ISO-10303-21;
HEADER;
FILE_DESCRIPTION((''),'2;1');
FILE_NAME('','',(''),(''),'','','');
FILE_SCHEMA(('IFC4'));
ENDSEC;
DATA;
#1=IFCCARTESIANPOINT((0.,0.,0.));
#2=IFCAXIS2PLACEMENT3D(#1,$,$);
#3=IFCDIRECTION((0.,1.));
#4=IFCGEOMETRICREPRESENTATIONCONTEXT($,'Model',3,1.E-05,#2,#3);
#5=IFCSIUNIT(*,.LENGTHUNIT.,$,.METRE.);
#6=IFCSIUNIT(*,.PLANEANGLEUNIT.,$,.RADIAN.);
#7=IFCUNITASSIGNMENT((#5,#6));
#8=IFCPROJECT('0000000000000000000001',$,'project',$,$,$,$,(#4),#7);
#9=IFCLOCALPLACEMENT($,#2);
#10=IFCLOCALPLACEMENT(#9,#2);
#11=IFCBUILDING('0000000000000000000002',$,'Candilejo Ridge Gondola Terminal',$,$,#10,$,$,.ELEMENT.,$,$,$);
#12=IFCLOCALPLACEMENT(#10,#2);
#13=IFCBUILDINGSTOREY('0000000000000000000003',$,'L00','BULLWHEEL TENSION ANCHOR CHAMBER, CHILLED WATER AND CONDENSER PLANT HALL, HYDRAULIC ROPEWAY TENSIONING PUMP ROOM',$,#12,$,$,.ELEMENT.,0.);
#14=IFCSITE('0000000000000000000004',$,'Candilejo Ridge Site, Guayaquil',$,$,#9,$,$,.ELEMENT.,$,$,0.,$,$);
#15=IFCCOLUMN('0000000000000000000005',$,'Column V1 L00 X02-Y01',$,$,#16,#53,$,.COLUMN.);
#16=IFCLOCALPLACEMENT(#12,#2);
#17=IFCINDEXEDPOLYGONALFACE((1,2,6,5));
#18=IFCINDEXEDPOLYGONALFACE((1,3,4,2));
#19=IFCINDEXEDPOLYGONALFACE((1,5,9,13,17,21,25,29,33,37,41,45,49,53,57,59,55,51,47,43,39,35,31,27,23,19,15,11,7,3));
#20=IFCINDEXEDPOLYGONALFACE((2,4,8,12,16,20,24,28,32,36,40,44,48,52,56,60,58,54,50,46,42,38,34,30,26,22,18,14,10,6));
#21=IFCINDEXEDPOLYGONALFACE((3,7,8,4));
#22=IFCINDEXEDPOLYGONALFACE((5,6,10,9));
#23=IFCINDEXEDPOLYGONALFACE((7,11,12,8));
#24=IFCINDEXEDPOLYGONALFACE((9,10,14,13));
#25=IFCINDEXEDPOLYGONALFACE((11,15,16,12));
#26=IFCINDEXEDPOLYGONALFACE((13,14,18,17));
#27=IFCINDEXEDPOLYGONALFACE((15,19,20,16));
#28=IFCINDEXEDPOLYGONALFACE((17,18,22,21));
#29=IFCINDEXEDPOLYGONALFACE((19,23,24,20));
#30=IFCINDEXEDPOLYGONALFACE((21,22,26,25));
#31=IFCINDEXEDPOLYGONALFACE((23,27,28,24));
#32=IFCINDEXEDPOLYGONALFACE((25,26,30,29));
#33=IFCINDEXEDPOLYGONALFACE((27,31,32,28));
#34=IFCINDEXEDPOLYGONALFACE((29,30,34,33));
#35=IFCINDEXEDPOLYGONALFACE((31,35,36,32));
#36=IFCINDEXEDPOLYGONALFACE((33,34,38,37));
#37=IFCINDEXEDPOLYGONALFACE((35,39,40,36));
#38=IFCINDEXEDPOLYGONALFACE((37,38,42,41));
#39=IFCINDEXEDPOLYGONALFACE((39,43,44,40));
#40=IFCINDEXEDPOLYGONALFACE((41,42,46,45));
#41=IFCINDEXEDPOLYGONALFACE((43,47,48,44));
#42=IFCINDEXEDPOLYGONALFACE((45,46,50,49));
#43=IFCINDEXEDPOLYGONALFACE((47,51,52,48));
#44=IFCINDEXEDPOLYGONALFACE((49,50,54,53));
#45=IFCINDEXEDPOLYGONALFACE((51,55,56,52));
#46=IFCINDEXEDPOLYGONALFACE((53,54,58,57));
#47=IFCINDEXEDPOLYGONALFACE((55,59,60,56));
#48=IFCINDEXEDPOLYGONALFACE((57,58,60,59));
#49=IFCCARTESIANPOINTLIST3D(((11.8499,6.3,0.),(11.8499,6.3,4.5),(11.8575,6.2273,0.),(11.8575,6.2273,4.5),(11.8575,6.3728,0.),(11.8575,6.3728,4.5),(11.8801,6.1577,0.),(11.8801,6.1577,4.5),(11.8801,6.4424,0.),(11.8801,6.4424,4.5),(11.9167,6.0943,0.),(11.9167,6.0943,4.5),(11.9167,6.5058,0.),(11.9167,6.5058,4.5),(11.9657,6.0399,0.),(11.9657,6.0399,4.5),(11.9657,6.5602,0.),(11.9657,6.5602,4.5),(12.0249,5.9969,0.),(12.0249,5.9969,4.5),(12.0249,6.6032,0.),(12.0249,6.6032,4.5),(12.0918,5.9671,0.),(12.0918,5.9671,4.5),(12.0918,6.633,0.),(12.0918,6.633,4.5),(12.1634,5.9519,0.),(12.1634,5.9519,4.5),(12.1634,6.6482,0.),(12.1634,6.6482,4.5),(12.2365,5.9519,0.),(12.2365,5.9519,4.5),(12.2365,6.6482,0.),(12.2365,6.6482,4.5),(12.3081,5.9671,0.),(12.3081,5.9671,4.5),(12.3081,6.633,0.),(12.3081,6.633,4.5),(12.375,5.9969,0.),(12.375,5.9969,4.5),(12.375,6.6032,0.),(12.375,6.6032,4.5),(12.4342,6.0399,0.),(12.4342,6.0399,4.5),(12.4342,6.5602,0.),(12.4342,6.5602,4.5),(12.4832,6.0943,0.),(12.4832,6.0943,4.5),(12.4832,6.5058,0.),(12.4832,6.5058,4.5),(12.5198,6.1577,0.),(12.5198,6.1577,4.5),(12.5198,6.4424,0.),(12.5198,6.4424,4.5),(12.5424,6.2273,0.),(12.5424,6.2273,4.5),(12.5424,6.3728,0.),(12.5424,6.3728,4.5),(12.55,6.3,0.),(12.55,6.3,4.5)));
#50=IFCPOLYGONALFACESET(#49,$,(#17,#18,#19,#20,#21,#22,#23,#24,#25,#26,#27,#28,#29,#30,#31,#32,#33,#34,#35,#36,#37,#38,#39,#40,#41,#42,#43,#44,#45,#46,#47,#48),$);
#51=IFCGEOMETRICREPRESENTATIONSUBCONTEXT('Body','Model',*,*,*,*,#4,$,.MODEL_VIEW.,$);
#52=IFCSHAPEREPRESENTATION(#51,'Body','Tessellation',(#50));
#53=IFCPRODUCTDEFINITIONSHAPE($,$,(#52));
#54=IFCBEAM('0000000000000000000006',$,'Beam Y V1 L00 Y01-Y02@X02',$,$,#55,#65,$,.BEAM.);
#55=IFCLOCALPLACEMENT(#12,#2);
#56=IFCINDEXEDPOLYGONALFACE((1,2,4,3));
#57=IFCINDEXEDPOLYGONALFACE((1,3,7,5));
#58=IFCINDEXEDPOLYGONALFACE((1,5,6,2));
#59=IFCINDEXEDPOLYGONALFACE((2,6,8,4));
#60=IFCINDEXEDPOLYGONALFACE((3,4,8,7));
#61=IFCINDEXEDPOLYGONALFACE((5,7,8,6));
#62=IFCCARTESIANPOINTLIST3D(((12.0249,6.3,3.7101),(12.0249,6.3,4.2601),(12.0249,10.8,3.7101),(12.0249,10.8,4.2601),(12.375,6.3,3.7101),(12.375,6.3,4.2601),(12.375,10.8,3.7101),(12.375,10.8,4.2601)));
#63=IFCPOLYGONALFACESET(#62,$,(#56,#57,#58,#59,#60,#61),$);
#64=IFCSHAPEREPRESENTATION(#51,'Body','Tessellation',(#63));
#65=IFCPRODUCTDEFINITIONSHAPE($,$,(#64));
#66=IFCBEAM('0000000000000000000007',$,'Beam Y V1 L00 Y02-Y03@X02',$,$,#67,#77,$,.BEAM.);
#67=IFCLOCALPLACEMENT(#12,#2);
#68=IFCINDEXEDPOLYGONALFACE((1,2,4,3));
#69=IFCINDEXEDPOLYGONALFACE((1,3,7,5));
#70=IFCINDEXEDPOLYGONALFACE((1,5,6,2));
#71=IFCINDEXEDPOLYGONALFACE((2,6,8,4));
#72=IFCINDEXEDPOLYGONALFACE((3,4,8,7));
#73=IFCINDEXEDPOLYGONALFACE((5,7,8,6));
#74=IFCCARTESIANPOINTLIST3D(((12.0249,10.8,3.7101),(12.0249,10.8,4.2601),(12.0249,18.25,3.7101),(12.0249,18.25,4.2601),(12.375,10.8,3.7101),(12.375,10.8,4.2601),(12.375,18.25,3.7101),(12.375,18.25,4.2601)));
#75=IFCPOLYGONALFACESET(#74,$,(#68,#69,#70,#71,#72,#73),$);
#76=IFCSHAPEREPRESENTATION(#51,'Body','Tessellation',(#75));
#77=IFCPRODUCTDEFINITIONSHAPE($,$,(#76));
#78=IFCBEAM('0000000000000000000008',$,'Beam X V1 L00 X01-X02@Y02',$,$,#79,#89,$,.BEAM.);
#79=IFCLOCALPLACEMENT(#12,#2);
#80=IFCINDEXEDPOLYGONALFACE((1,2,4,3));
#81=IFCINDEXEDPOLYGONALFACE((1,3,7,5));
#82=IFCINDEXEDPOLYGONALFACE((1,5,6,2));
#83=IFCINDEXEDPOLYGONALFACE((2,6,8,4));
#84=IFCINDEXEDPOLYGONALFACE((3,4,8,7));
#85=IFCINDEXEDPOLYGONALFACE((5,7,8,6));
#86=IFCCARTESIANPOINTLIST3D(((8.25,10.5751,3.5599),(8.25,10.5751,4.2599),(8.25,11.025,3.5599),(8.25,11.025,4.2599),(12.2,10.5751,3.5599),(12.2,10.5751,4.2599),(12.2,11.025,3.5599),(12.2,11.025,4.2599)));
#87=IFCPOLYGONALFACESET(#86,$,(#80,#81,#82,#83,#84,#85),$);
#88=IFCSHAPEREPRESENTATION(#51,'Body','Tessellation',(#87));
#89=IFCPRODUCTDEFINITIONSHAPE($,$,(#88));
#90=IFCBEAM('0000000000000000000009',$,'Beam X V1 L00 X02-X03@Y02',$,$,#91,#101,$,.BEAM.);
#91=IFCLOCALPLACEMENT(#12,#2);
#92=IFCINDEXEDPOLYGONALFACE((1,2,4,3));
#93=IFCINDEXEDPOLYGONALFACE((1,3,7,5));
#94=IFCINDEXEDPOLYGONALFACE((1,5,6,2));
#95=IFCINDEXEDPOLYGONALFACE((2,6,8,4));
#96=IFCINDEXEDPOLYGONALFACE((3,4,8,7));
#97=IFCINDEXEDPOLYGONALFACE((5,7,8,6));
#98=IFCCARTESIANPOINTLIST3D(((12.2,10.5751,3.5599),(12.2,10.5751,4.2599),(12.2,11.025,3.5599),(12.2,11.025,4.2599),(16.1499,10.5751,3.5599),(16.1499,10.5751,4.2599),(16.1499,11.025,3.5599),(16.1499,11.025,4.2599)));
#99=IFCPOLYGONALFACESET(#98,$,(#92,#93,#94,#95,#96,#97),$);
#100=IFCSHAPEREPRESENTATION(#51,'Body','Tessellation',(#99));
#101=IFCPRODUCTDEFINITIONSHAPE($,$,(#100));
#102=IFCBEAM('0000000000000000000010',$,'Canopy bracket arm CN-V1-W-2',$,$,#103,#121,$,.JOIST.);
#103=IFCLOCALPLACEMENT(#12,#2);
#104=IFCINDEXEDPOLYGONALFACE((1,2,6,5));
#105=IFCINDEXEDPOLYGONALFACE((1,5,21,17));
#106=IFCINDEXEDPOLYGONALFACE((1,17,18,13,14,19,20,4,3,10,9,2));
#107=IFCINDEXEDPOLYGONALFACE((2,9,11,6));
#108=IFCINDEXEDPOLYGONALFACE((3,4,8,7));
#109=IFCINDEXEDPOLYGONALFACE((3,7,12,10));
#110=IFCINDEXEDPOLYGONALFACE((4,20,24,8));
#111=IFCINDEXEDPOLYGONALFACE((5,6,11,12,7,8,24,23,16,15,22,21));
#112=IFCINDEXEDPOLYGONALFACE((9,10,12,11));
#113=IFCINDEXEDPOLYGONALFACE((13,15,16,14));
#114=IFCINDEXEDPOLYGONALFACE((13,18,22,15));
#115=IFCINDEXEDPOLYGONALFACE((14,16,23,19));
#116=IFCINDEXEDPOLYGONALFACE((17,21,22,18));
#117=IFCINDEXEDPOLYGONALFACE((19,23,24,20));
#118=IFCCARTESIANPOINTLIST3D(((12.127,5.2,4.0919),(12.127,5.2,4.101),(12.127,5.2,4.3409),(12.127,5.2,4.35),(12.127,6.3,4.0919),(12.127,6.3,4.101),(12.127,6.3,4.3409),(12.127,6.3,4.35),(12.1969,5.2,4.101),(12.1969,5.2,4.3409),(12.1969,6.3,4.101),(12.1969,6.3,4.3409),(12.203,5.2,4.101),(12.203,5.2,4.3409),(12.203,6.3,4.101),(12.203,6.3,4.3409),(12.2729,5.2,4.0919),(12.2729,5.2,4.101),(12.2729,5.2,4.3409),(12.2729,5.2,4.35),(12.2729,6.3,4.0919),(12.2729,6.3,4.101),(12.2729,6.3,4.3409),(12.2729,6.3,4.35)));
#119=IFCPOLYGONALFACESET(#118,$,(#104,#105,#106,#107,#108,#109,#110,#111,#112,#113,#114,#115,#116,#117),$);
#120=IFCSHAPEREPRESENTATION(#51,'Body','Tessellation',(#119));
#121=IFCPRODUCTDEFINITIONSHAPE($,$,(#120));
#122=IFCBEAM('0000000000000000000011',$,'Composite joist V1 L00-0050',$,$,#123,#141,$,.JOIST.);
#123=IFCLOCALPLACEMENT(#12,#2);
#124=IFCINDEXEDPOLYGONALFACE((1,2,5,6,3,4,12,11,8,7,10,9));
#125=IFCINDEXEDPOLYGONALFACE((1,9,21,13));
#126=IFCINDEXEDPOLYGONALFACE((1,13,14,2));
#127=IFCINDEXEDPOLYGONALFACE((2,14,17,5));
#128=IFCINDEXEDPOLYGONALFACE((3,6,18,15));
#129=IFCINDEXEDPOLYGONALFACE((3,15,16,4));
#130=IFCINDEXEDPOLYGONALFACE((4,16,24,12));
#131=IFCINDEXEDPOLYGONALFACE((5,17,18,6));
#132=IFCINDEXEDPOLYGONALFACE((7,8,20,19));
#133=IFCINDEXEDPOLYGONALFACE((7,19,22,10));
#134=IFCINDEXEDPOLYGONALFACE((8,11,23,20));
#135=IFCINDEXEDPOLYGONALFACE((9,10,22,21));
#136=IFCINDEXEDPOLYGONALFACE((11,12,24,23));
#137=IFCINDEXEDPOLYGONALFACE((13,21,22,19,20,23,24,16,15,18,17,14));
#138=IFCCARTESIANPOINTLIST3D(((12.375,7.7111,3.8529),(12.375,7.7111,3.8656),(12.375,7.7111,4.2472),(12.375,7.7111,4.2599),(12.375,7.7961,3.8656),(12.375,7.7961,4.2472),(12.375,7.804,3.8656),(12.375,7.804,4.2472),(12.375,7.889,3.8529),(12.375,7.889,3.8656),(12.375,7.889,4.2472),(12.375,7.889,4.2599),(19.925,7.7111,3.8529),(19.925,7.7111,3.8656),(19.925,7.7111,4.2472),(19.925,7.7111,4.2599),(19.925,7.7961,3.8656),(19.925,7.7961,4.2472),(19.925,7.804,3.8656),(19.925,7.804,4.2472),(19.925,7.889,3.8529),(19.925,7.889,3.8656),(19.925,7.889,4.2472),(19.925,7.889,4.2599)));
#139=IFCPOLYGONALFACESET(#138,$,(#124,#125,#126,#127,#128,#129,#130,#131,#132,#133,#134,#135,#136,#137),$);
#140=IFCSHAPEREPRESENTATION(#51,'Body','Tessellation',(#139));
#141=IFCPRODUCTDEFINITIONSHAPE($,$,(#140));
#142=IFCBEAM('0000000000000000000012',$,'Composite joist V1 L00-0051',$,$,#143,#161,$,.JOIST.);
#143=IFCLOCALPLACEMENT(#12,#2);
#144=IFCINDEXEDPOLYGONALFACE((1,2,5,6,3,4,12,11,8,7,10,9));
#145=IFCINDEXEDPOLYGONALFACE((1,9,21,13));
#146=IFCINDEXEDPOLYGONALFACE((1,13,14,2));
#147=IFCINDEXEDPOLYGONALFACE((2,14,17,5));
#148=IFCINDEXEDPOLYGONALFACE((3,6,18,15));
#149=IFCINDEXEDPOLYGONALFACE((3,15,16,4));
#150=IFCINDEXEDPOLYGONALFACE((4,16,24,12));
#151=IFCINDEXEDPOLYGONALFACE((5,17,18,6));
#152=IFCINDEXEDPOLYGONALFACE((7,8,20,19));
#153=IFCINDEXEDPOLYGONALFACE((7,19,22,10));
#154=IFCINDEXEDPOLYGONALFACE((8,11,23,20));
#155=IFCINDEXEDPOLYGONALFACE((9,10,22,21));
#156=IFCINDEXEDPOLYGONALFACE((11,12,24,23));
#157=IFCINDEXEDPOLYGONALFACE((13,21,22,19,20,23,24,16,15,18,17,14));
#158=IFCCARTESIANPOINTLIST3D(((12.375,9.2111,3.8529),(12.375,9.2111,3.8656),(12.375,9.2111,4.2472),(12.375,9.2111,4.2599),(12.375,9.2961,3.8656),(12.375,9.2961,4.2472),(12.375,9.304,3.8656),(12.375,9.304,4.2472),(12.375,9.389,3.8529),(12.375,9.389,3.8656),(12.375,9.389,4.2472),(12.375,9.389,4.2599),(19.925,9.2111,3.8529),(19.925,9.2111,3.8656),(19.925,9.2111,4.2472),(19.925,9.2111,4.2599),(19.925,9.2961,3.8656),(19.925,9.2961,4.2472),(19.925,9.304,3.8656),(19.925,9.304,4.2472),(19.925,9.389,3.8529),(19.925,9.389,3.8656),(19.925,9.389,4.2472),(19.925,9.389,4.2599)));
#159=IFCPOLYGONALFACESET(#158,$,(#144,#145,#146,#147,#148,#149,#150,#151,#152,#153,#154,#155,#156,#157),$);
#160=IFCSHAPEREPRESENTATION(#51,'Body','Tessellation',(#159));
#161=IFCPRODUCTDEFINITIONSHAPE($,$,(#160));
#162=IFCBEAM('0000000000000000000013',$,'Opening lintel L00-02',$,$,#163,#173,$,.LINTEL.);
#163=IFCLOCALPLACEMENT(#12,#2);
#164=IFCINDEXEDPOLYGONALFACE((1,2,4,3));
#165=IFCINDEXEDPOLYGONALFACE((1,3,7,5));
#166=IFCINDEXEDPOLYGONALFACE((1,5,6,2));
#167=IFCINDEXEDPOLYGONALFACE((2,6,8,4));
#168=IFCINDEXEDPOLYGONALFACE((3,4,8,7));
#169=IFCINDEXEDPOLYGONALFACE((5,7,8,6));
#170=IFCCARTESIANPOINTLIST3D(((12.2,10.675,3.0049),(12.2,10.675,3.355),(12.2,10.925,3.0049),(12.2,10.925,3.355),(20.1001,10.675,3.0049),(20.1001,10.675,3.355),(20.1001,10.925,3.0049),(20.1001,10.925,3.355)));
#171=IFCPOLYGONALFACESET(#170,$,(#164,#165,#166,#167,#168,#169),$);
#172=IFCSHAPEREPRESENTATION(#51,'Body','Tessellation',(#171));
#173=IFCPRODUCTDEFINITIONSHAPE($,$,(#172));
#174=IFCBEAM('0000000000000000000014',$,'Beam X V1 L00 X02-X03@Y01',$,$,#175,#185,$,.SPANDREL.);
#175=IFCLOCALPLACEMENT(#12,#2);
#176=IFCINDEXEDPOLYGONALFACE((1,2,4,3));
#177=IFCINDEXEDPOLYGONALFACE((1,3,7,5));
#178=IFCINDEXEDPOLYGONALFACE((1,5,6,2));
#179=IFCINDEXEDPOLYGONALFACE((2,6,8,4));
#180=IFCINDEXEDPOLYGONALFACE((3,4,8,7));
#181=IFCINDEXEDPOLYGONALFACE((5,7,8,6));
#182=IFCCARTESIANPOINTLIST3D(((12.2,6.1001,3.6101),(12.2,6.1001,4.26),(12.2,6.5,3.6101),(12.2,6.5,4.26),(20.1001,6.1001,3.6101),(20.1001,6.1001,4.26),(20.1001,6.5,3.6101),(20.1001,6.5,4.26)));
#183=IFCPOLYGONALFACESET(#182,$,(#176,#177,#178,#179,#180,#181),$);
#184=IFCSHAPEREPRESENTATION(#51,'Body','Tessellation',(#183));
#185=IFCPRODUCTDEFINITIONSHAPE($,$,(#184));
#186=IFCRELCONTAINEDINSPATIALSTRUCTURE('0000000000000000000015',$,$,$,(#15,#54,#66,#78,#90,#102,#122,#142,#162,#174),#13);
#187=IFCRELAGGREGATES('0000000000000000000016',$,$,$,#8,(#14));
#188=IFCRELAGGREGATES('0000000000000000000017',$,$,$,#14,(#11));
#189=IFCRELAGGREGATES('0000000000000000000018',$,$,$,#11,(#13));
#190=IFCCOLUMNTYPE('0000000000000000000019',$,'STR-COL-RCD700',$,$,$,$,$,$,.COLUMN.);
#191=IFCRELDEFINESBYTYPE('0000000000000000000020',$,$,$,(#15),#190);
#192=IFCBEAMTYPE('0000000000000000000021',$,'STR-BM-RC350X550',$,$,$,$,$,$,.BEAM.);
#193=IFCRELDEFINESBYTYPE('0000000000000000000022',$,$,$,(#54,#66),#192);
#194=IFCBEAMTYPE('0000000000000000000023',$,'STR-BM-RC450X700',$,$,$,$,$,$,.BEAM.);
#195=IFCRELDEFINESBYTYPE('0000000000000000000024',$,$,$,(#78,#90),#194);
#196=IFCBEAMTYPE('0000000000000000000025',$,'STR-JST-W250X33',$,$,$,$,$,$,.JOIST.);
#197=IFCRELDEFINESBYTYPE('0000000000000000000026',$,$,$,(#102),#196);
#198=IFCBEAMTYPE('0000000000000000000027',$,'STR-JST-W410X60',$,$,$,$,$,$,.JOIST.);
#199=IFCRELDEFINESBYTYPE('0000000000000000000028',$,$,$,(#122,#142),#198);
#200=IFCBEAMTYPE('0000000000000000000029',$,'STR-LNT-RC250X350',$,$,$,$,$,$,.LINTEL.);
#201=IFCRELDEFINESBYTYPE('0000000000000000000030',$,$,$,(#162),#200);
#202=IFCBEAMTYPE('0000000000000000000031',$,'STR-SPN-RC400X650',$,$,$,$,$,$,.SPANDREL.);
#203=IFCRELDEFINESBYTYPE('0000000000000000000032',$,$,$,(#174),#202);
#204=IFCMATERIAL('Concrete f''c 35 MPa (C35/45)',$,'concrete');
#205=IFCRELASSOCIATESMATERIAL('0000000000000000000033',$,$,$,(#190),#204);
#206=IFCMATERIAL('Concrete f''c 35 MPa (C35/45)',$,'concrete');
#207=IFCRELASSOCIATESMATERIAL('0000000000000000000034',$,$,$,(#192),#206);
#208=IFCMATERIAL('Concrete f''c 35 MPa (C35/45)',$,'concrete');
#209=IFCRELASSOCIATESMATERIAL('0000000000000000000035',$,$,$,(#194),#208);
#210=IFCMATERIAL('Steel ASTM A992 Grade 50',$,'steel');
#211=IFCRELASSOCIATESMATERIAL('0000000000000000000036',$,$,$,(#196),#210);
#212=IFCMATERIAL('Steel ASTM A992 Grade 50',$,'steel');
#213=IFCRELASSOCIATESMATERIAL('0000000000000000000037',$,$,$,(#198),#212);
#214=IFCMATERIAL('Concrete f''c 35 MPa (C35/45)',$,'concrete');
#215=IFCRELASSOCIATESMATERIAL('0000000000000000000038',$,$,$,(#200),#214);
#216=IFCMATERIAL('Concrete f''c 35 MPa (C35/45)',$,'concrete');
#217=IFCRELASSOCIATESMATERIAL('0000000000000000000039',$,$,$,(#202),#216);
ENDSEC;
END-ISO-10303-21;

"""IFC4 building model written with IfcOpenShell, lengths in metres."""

from ifc_helpers import new_model, si_unit, direction, frame, origin, origin_2d, place, context, subcontext, project, spatial, rectangle, circle, i_section, extrude, material, material_profile, profile_set, type_object, element, save


model = new_model("IFC4")

# Units and contexts
model_context = context("Model", 3, precision=1e-05, world=origin(), true_north=direction((0.0, 1.0)))
body_context = subcontext(model_context, "Body", "Model", "MODEL_VIEW")
ifc_project = project(units=[si_unit("LENGTHUNIT", "METRE"), si_unit("PLANEANGLEUNIT", "RADIAN")], contexts=[model_context])

# Site, building, storey
site_placement = place(None, origin())
site = spatial("IfcSite", under=ifc_project, at=site_placement, Name="Candilejo Ridge Site, Guayaquil", CompositionType="ELEMENT", RefElevation=0.0)
building_placement = place(site_placement, origin())
building = spatial("IfcBuilding", under=site, at=building_placement, Name="Candilejo Ridge Gondola Terminal", CompositionType="ELEMENT")
storey_placement = place(building_placement, origin())
storey = spatial("IfcBuildingStorey", under=building, at=storey_placement, Name="L00", Description="BULLWHEEL TENSION ANCHOR CHAMBER, CHILLED WATER AND CONDENSER PLANT HALL, HYDRAULIC ROPEWAY TENSIONING PUMP ROOM", CompositionType="ELEMENT", Elevation=0.0)

# Column
ifc_material_1 = material(Name="Concrete f'c 35 MPa (C35/45)", Category="concrete")
ifc_material_profile_1 = material_profile(ifc_material_1, circle(Radius=0.3501, at=origin_2d()))
ifc_profile_set_1 = profile_set([ifc_material_profile_1], Name="Concrete f'c 35 MPa (C35/45)")
column_type_1 = type_object("IfcColumnType", Name="STR-COL-RCD700", PredefinedType="COLUMN", material=ifc_profile_set_1)
column_1_placement = place(storey_placement, frame((12.2, 6.3, 0.0), z_axis=(0.0, 0.0, 1.0), x_axis=(1.0, 0.0, 0.0)))
element("IfcColumn", 1, at=column_1_placement, inside=storey, type_object=column_type_1, Name="Column V1 L00 X02-Y01", PredefinedType="COLUMN", context=body_context, shape_type="SweptSolid", body=[
    extrude(circle(Radius=0.3501, at=origin_2d()), origin(), (0.0, 0.0, 1.0), 4.5),
])

# Beams
ifc_material_2 = material(Name="Concrete f'c 35 MPa (C35/45)", Category="concrete")
ifc_material_profile_2 = material_profile(ifc_material_2, rectangle(XDim=0.3501, YDim=0.55, at=origin_2d()))
ifc_profile_set_2 = profile_set([ifc_material_profile_2], Name="Concrete f'c 35 MPa (C35/45)")
beam_type_1 = type_object("IfcBeamType", Name="STR-BM-RC350X550", PredefinedType="BEAM", material=ifc_profile_set_2)
beam_1_placement = place(storey_placement, frame((12.2, 6.3, 3.9851), z_axis=(0.0, 1.0, 0.0), x_axis=(-1.0, 0.0, 0.0)))
element("IfcBeam", 2, at=beam_1_placement, inside=storey, type_object=beam_type_1, Name="Beam Y V1 L00 Y01-Y02@X02", PredefinedType="BEAM", context=body_context, shape_type="SweptSolid", body=[
    extrude(rectangle(XDim=0.3501, YDim=0.55, at=origin_2d()), origin(), (0.0, 0.0, 1.0), 4.5),
])
beam_2_placement = place(storey_placement, frame((12.2, 10.8, 3.9851), z_axis=(0.0, 1.0, 0.0), x_axis=(-1.0, 0.0, 0.0)))
element("IfcBeam", 3, at=beam_2_placement, inside=storey, type_object=beam_type_1, Name="Beam Y V1 L00 Y02-Y03@X02", PredefinedType="BEAM", context=body_context, shape_type="SweptSolid", body=[
    extrude(rectangle(XDim=0.3501, YDim=0.55, at=origin_2d()), origin(), (0.0, 0.0, 1.0), 7.45),
])
ifc_material_3 = material(Name="Concrete f'c 35 MPa (C35/45)", Category="concrete")
ifc_material_profile_3 = material_profile(ifc_material_3, rectangle(XDim=0.45, YDim=0.7, at=origin_2d()))
ifc_profile_set_3 = profile_set([ifc_material_profile_3], Name="Concrete f'c 35 MPa (C35/45)")
beam_type_2 = type_object("IfcBeamType", Name="STR-BM-RC450X700", PredefinedType="BEAM", material=ifc_profile_set_3)
for number, where, z_axis, x_axis, name in (
    (4, (8.25, 10.8, 3.9099), (1.0, 0.0, 0.0), (0.0, 1.0, 0.0), "Beam X V1 L00 X01-X02@Y02"),
    (5, (12.2, 10.8, 3.9099), (1.0, 0.0, 0.0), (0.0, 1.0, 0.0), "Beam X V1 L00 X02-X03@Y02"),
):
    element("IfcBeam", number, at=place(storey_placement, frame(where, z_axis=z_axis, x_axis=x_axis)), inside=storey, type_object=beam_type_2, Name=name, PredefinedType="BEAM", context=body_context, shape_type="SweptSolid", body=[
        extrude(rectangle(XDim=0.45, YDim=0.7, at=origin_2d()), origin(), (0.0, 0.0, 1.0), 3.95),
    ])
ifc_material_4 = material(Name="Steel ASTM A992 Grade 50", Category="steel")
ifc_material_profile_4 = material_profile(ifc_material_4, i_section(OverallWidth=0.146, OverallDepth=0.2581, WebThickness=0.0061, FlangeThickness=0.009, at=origin_2d()))
ifc_profile_set_4 = profile_set([ifc_material_profile_4], Name="Steel ASTM A992 Grade 50")
beam_type_3 = type_object("IfcBeamType", Name="STR-JST-W250X33", PredefinedType="JOIST", material=ifc_profile_set_4)
beam_3_placement = place(storey_placement, frame((12.2, 5.2, 4.2209), z_axis=(0.0, 1.0, 0.0), x_axis=(-1.0, 0.0, 0.0)))
element("IfcBeam", 6, at=beam_3_placement, inside=storey, type_object=beam_type_3, Name="Canopy bracket arm CN-V1-W-2", PredefinedType="JOIST", context=body_context, shape_type="SweptSolid", body=[
    extrude(i_section(OverallWidth=0.146, OverallDepth=0.2581, WebThickness=0.0061, FlangeThickness=0.009, at=origin_2d()), origin(), (0.0, 0.0, 1.0), 1.1001),
])
ifc_material_5 = material(Name="Steel ASTM A992 Grade 50", Category="steel")
ifc_material_profile_5 = material_profile(ifc_material_5, i_section(OverallWidth=0.178, OverallDepth=0.407, WebThickness=0.0078, FlangeThickness=0.0127, at=origin_2d()))
ifc_profile_set_5 = profile_set([ifc_material_profile_5], Name="Steel ASTM A992 Grade 50")
beam_type_4 = type_object("IfcBeamType", Name="STR-JST-W410X60", PredefinedType="JOIST", material=ifc_profile_set_5)
for number, where, z_axis, x_axis, name in (
    (7, (12.375, 7.8, 4.0564), (1.0, 0.0, 0.0), (0.0, 1.0, 0.0), "Composite joist V1 L00-0050"),
    (8, (12.375, 9.3, 4.0564), (1.0, 0.0, 0.0), (0.0, 1.0, 0.0), "Composite joist V1 L00-0051"),
):
    element("IfcBeam", number, at=place(storey_placement, frame(where, z_axis=z_axis, x_axis=x_axis)), inside=storey, type_object=beam_type_4, Name=name, PredefinedType="JOIST", context=body_context, shape_type="SweptSolid", body=[
        extrude(i_section(OverallWidth=0.178, OverallDepth=0.407, WebThickness=0.0078, FlangeThickness=0.0127, at=origin_2d()), origin(), (0.0, 0.0, 1.0), 7.55),
    ])
ifc_material_6 = material(Name="Concrete f'c 35 MPa (C35/45)", Category="concrete")
ifc_material_profile_6 = material_profile(ifc_material_6, rectangle(XDim=0.25, YDim=0.3501, at=origin_2d()))
ifc_profile_set_6 = profile_set([ifc_material_profile_6], Name="Concrete f'c 35 MPa (C35/45)")
beam_type_5 = type_object("IfcBeamType", Name="STR-LNT-RC250X350", PredefinedType="LINTEL", material=ifc_profile_set_6)
beam_4_placement = place(storey_placement, frame((12.2, 10.8, 3.1799), z_axis=(1.0, 0.0, 0.0), x_axis=(0.0, 1.0, 0.0)))
element("IfcBeam", 9, at=beam_4_placement, inside=storey, type_object=beam_type_5, Name="Opening lintel L00-02", PredefinedType="LINTEL", context=body_context, shape_type="SweptSolid", body=[
    extrude(rectangle(XDim=0.25, YDim=0.3501, at=origin_2d()), origin(), (0.0, 0.0, 1.0), 7.9001),
])
ifc_material_7 = material(Name="Concrete f'c 35 MPa (C35/45)", Category="concrete")
ifc_material_profile_7 = material_profile(ifc_material_7, rectangle(XDim=0.3999, YDim=0.6499, at=origin_2d()))
ifc_profile_set_7 = profile_set([ifc_material_profile_7], Name="Concrete f'c 35 MPa (C35/45)")
beam_type_6 = type_object("IfcBeamType", Name="STR-SPN-RC400X650", PredefinedType="SPANDREL", material=ifc_profile_set_7)
beam_5_placement = place(storey_placement, frame((12.2, 6.3, 3.9351), z_axis=(1.0, 0.0, 0.0), x_axis=(0.0, 1.0, 0.0)))
element("IfcBeam", 10, at=beam_5_placement, inside=storey, type_object=beam_type_6, Name="Beam X V1 L00 X02-X03@Y01", PredefinedType="SPANDREL", context=body_context, shape_type="SweptSolid", body=[
    extrude(rectangle(XDim=0.3999, YDim=0.6499, at=origin_2d()), origin(), (0.0, 0.0, 1.0), 7.9001),
])

save(model, "model.ifc")
